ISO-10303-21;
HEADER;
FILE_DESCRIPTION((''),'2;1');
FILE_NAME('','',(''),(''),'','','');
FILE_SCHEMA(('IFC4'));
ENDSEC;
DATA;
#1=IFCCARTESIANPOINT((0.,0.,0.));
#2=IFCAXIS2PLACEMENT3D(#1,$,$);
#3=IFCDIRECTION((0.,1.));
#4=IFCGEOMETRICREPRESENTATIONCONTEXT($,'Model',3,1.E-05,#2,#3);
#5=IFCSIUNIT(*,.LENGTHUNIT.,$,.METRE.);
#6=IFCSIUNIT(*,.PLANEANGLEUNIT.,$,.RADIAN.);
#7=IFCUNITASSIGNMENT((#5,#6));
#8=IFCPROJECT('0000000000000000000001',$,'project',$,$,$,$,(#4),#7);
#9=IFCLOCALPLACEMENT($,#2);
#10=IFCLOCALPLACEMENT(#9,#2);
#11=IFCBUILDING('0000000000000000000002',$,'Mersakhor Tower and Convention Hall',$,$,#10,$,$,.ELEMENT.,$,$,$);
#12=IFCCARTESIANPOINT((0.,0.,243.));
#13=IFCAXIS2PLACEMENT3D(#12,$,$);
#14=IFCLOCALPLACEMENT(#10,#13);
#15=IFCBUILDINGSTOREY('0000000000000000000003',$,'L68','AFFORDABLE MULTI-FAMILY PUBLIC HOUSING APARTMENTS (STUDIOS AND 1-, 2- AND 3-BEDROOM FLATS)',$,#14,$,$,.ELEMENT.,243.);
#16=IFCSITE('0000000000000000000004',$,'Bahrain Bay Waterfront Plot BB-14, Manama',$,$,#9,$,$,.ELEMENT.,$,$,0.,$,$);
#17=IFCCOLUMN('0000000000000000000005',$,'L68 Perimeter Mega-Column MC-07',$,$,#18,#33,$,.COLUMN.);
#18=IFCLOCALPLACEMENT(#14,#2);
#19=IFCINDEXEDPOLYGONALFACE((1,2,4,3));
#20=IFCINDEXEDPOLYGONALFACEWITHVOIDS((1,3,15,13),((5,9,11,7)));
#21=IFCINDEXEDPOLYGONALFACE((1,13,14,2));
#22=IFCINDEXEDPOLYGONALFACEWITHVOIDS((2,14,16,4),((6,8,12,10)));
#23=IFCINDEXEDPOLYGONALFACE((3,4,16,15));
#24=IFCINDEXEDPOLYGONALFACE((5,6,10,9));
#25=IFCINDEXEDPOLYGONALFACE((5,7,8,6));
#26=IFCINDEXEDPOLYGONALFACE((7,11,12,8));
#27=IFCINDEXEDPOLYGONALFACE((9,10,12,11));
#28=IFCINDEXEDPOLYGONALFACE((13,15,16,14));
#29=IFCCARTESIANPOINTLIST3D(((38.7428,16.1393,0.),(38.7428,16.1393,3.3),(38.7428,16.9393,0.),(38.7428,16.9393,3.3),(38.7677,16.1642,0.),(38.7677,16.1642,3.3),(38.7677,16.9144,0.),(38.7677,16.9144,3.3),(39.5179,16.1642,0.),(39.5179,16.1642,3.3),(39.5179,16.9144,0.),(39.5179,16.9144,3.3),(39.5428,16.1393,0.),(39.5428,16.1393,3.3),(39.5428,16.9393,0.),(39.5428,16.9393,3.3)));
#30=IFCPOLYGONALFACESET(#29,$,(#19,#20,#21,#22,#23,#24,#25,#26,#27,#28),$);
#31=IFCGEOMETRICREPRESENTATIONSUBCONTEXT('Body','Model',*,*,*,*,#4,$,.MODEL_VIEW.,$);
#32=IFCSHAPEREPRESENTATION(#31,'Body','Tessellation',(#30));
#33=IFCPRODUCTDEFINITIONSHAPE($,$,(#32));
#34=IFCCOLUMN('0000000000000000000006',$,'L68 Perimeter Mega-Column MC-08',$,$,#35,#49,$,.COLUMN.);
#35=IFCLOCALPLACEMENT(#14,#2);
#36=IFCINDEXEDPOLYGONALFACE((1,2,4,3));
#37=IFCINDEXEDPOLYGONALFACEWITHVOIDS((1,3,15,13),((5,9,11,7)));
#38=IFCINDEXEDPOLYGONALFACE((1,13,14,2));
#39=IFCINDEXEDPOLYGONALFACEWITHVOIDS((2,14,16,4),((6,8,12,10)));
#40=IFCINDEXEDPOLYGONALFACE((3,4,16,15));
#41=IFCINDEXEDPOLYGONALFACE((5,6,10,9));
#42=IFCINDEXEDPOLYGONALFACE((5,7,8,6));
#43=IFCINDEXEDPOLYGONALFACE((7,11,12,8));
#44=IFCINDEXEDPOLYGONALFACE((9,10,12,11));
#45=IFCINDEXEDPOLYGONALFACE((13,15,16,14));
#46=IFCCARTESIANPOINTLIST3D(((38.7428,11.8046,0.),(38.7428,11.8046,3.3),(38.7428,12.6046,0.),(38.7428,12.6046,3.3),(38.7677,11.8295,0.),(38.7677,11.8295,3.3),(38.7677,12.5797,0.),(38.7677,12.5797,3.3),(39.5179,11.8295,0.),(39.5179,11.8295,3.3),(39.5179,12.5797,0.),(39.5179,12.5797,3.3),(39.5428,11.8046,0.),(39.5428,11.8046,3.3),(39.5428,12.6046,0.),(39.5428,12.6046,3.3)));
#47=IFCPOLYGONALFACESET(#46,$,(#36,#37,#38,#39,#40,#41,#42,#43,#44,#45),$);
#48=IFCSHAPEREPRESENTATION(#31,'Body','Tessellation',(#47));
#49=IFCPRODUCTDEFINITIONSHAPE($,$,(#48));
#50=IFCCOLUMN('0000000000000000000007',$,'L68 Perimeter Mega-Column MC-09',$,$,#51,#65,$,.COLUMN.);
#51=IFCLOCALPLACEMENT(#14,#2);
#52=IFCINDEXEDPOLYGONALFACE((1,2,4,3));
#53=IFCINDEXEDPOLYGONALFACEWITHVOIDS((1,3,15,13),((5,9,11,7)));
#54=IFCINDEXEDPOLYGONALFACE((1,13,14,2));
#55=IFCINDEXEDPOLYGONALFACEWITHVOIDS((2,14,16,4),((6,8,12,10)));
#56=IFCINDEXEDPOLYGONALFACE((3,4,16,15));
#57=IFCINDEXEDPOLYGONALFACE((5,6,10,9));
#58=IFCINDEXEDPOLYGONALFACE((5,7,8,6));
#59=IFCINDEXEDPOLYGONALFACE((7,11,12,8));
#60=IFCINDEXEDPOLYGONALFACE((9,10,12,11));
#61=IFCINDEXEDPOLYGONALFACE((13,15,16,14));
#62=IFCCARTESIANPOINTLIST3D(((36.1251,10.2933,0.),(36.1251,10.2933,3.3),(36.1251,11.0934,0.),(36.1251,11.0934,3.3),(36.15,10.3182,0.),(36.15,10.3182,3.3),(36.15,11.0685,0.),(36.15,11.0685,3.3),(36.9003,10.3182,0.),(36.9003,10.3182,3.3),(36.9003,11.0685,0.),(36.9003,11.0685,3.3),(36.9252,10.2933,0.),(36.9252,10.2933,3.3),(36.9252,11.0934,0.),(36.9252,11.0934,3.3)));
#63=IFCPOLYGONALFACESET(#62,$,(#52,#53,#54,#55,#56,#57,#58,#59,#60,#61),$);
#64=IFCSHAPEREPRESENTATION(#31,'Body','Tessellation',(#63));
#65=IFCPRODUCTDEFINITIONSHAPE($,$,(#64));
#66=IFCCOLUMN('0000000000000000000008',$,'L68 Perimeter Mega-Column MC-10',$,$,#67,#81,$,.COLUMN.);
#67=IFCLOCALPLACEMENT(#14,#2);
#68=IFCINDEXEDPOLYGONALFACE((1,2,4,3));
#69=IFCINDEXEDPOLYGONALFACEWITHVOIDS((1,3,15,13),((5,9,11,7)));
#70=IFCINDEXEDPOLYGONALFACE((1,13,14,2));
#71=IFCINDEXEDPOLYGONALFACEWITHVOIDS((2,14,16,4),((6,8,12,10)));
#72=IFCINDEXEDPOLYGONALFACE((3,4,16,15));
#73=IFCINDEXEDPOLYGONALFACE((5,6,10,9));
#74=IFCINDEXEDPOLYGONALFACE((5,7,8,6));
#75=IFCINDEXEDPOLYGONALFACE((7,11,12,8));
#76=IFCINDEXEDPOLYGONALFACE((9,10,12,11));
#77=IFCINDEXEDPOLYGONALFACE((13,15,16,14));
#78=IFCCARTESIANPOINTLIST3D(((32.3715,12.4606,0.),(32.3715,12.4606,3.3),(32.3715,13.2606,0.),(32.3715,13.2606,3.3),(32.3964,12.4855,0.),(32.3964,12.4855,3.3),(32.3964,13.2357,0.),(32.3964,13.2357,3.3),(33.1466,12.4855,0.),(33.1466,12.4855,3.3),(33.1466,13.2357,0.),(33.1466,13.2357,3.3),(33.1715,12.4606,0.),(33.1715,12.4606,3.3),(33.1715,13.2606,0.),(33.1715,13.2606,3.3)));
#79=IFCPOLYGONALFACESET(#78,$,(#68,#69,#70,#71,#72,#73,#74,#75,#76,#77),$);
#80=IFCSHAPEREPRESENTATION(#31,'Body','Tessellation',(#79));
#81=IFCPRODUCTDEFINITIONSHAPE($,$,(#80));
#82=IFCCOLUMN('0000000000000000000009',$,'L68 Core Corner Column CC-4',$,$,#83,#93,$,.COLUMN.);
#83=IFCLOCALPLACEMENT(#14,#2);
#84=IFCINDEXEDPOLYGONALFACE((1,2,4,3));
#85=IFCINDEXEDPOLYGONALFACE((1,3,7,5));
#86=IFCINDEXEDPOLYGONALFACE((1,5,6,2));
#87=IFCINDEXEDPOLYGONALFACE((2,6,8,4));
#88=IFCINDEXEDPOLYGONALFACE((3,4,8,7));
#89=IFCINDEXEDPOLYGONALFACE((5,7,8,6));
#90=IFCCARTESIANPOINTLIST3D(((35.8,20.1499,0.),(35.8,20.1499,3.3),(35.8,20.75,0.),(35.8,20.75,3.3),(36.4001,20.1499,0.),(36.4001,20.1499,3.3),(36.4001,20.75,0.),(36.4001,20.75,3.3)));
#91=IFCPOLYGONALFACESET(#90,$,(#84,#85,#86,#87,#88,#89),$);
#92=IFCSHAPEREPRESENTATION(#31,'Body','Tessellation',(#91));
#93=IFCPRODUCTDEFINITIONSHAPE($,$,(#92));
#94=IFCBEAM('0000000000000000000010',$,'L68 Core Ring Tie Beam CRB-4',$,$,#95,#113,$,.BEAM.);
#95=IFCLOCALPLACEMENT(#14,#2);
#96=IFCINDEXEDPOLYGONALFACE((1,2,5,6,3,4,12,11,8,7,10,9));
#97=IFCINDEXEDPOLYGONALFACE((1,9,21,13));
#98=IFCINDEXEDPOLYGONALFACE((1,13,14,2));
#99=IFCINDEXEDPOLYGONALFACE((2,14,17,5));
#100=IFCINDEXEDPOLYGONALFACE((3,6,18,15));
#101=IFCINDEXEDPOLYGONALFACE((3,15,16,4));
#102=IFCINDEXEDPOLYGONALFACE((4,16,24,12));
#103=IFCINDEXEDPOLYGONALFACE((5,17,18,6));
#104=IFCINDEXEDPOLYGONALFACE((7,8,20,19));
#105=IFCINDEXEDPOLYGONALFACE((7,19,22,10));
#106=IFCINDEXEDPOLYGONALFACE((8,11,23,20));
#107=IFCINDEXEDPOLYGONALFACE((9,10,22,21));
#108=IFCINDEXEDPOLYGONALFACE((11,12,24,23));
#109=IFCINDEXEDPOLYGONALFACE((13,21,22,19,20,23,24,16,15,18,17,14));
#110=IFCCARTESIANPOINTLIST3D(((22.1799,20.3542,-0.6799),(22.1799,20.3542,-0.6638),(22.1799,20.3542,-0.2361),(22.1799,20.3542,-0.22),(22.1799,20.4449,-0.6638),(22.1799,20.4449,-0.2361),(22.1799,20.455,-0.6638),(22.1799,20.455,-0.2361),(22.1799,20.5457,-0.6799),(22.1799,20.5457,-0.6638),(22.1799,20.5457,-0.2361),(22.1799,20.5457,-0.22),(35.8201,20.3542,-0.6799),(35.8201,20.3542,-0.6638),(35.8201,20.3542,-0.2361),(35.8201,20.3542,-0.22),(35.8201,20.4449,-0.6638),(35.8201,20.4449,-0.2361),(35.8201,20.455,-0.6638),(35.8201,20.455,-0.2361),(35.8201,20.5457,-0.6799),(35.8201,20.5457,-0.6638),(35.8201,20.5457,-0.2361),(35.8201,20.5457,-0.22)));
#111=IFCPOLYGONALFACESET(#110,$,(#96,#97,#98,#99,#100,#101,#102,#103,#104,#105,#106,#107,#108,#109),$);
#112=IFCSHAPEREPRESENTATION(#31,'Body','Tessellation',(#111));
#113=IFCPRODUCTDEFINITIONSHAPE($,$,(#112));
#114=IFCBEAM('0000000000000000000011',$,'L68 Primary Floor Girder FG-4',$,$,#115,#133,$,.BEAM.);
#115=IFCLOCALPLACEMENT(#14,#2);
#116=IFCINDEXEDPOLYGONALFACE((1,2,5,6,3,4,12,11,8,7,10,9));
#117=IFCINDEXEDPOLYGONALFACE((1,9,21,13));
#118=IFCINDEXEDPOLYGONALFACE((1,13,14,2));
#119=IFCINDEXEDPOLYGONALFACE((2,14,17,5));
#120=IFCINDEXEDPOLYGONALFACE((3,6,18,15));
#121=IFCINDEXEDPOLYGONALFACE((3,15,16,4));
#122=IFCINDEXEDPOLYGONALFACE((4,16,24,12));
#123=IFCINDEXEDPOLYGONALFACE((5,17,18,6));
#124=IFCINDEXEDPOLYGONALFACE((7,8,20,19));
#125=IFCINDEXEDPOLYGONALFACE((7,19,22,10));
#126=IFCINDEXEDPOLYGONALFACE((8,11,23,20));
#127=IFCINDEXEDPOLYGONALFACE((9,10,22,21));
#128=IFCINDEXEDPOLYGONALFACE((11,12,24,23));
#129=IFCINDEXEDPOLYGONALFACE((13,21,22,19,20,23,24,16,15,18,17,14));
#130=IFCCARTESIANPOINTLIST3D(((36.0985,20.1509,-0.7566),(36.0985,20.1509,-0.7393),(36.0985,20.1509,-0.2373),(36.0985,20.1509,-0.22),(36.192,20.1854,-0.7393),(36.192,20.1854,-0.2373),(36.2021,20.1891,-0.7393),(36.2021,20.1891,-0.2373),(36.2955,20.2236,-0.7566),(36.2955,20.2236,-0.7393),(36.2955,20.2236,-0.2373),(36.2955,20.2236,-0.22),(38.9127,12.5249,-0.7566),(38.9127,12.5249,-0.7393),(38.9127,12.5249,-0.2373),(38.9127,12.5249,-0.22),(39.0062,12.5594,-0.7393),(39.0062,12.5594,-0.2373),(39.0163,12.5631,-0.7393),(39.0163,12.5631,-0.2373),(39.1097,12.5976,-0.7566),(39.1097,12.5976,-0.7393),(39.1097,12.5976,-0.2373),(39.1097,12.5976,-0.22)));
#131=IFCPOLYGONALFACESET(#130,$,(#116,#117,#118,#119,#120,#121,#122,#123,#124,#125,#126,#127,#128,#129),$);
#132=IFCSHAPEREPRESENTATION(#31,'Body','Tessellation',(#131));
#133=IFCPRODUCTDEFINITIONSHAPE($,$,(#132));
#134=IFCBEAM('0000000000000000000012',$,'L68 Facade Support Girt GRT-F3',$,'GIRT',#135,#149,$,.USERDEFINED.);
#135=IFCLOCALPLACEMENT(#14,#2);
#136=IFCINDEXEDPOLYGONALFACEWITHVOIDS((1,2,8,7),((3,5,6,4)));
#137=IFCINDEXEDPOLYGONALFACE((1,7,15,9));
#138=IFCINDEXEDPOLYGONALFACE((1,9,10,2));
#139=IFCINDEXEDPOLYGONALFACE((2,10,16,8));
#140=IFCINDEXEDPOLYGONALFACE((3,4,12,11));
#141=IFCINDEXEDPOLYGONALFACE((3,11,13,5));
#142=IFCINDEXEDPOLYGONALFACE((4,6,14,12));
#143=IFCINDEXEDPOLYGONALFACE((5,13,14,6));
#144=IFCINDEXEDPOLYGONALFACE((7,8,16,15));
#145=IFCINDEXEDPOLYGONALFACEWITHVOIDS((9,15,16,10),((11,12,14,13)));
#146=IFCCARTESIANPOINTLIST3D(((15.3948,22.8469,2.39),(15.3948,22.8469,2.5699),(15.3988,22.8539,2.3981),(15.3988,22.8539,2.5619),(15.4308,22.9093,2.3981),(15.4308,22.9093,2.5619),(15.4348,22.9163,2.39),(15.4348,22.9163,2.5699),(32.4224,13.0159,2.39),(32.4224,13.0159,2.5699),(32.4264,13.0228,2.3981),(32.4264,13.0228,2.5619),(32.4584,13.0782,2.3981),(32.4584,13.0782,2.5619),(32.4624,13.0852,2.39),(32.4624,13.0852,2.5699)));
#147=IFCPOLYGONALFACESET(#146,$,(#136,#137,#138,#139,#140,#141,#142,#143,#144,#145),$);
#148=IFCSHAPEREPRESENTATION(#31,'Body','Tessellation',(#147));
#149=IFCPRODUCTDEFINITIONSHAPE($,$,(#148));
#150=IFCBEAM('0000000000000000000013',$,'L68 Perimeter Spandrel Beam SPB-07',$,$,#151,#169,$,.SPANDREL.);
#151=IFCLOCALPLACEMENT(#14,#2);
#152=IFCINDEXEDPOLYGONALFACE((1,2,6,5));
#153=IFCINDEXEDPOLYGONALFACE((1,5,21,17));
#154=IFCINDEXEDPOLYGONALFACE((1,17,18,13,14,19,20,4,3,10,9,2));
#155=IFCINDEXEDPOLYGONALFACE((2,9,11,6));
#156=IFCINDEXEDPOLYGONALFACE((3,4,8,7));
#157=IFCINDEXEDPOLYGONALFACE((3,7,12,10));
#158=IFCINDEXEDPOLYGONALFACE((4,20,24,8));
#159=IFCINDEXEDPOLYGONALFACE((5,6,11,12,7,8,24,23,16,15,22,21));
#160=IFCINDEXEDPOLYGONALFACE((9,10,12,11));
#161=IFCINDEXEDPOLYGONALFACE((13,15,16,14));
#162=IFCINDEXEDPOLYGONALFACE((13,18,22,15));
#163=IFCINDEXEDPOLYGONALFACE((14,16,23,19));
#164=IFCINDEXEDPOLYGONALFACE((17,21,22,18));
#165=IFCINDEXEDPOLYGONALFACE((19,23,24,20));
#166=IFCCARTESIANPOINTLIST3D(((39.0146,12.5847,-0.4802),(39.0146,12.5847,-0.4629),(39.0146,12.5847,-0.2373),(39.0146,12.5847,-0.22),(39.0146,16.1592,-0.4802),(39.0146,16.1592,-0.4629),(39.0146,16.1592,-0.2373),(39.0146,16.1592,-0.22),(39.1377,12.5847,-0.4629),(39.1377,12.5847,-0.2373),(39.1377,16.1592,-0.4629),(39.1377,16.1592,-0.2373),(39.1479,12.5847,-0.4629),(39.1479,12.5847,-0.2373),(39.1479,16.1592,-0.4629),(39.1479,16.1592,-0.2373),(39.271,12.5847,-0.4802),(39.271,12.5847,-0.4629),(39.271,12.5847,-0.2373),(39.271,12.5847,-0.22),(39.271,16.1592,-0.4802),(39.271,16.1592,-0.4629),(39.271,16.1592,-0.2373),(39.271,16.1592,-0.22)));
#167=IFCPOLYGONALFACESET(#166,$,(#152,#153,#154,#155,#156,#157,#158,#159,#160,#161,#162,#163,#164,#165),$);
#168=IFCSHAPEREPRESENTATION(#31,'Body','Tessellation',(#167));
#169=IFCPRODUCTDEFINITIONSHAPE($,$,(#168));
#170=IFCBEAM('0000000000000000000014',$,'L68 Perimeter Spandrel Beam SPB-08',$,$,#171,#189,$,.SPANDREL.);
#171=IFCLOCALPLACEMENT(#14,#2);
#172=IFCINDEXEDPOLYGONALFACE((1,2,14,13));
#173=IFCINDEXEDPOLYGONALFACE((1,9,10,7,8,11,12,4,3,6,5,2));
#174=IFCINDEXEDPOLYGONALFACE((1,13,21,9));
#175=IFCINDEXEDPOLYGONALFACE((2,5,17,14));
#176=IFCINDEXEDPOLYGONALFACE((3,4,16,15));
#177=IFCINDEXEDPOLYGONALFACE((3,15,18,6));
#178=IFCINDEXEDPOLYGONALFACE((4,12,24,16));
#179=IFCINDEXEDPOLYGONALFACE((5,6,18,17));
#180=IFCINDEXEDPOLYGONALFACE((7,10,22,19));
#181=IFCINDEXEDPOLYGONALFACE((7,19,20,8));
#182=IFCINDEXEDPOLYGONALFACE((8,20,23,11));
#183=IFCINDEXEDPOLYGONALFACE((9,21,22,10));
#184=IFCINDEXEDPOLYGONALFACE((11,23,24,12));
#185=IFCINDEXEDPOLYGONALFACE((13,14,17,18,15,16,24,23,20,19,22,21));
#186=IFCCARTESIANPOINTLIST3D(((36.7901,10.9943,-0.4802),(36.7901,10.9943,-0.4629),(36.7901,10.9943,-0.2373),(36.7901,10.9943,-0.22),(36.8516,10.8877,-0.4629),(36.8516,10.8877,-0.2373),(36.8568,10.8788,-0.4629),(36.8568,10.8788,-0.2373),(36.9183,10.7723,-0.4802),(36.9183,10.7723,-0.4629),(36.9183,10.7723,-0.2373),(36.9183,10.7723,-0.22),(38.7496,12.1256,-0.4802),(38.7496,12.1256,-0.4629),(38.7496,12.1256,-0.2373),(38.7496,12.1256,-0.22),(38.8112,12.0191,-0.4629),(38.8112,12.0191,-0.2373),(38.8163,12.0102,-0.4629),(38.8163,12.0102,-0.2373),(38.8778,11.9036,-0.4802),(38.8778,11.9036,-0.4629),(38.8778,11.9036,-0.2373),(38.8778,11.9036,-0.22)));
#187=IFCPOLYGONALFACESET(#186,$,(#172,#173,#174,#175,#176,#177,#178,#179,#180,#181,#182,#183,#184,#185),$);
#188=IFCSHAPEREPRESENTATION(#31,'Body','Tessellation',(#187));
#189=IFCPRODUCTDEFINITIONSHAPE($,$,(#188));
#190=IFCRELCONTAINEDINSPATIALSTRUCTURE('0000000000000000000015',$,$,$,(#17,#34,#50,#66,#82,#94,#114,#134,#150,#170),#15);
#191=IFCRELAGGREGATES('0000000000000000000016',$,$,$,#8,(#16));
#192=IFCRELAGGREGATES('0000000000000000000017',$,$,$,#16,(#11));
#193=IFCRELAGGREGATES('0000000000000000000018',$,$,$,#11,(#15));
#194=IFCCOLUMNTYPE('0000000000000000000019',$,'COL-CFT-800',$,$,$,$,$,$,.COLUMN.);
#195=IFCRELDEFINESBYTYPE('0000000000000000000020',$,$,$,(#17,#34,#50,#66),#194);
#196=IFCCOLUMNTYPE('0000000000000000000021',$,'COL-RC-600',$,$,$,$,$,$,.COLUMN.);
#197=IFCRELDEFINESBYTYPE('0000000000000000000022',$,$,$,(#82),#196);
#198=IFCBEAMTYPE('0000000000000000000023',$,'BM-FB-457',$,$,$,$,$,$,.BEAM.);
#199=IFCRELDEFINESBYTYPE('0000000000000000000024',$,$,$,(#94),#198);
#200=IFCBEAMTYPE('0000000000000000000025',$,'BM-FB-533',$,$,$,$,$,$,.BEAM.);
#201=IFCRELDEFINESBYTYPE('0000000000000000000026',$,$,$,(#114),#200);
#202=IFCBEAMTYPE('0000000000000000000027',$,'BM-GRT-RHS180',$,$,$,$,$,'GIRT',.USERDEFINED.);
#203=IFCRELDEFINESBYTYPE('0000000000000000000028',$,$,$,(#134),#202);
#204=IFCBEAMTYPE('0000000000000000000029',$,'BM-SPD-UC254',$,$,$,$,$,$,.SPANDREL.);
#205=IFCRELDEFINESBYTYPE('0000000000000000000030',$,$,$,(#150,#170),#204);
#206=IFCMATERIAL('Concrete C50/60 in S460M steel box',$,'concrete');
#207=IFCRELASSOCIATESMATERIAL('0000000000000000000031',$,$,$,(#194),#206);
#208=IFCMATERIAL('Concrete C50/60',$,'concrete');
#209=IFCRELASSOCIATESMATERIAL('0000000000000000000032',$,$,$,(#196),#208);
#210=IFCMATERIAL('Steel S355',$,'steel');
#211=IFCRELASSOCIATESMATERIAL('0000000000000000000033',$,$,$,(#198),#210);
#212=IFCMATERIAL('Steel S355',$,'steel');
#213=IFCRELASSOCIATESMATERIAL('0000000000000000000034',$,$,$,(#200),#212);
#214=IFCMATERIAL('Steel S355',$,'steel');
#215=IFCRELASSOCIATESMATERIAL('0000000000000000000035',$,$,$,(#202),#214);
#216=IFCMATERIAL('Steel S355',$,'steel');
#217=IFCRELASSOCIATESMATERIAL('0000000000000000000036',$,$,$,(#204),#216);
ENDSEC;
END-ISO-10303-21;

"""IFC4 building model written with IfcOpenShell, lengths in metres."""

from ifc_helpers import new_model, si_unit, direction, frame, origin, origin_2d, place, context, subcontext, project, spatial, rectangle, hollow_rectangle, i_section, extrude, material, material_profile, profile_set, type_object, element, save


model = new_model("IFC4")

# Units and contexts
model_context = context("Model", 3, precision=1e-05, world=origin(), true_north=direction((0.0, 1.0)))
body_context = subcontext(model_context, "Body", "Model", "MODEL_VIEW")
ifc_project = project(units=[si_unit("LENGTHUNIT", "METRE"), si_unit("PLANEANGLEUNIT", "RADIAN")], contexts=[model_context])

# Site, building, storey
site_placement = place(None, origin())
site = spatial("IfcSite", under=ifc_project, at=site_placement, Name="Bahrain Bay Waterfront Plot BB-14, Manama", CompositionType="ELEMENT", RefElevation=0.0)
building_placement = place(site_placement, origin())
building = spatial("IfcBuilding", under=site, at=building_placement, Name="Mersakhor Tower and Convention Hall", CompositionType="ELEMENT")
storey_placement = place(building_placement, frame((0.0, 0.0, 243.0)))
storey = spatial("IfcBuildingStorey", under=building, at=storey_placement, Name="L68", Description="AFFORDABLE MULTI-FAMILY PUBLIC HOUSING APARTMENTS (STUDIOS AND 1-, 2- AND 3-BEDROOM FLATS)", CompositionType="ELEMENT", Elevation=243.0)

# Columns
ifc_material_1 = material(Name="Concrete C50/60 in S460M steel box", Category="concrete")
ifc_material_profile_1 = material_profile(ifc_material_1, hollow_rectangle(XDim=0.8, YDim=0.8, WallThickness=0.0249, at=origin_2d()), Name="SHS 800x800x25")
ifc_profile_set_1 = profile_set([ifc_material_profile_1], Name="Concrete C50/60 in S460M steel box")
column_type_1 = type_object("IfcColumnType", Name="COL-CFT-800", PredefinedType="COLUMN", material=ifc_profile_set_1)
for number, where, z_axis, x_axis, name in (
    (1, (39.1428, 16.5393, 0.0), (0.0, 0.0, 1.0), (1.0, 0.0, 0.0), "L68 Perimeter Mega-Column MC-07"),
    (2, (39.1428, 12.2046, 0.0), (0.0, 0.0, 1.0), (1.0, 0.0, 0.0), "L68 Perimeter Mega-Column MC-08"),
    (3, (36.5251, 10.6934, 0.0), (0.0, 0.0, 1.0), (1.0, 0.0, 0.0), "L68 Perimeter Mega-Column MC-09"),
    (4, (32.7715, 12.8606, 0.0), (0.0, 0.0, 1.0), (1.0, 0.0, 0.0), "L68 Perimeter Mega-Column MC-10"),
):
    element("IfcColumn", number, at=place(storey_placement, frame(where, z_axis=z_axis, x_axis=x_axis)), inside=storey, type_object=column_type_1, Name=name, PredefinedType="COLUMN", context=body_context, shape_type="SweptSolid", body=[
        extrude(hollow_rectangle(XDim=0.8, YDim=0.8, WallThickness=0.0249, at=origin_2d()), origin(), (0.0, 0.0, 1.0), 3.3),
    ])
ifc_material_2 = material(Name="Concrete C50/60", Category="concrete")
ifc_material_profile_2 = material_profile(ifc_material_2, rectangle(XDim=0.6001, YDim=0.6001, at=origin_2d()), Name="RC 600x600")
ifc_profile_set_2 = profile_set([ifc_material_profile_2], Name="Concrete C50/60")
column_type_2 = type_object("IfcColumnType", Name="COL-RC-600", PredefinedType="COLUMN", material=ifc_profile_set_2)
column_placement = place(storey_placement, frame((36.1001, 20.45, 0.0), z_axis=(0.0, 0.0, 1.0), x_axis=(1.0, 0.0, 0.0)))
element("IfcColumn", 5, at=column_placement, inside=storey, type_object=column_type_2, Name="L68 Core Corner Column CC-4", PredefinedType="COLUMN", context=body_context, shape_type="SweptSolid", body=[
    extrude(rectangle(XDim=0.6001, YDim=0.6001, at=origin_2d()), origin(), (0.0, 0.0, 1.0), 3.3),
])

# Beams
ifc_material_3 = material(Name="Steel S355", Category="steel")
ifc_material_profile_3 = material_profile(ifc_material_3, i_section(OverallWidth=0.1914, OverallDepth=0.46, WebThickness=0.01, FlangeThickness=0.0161, at=origin_2d()), Name="UB 457x191x82")
ifc_profile_set_3 = profile_set([ifc_material_profile_3], Name="Steel S355")
beam_type_1 = type_object("IfcBeamType", Name="BM-FB-457", PredefinedType="BEAM", material=ifc_profile_set_3)
beam_1_placement = place(storey_placement, frame((35.8201, 20.45, -0.45), z_axis=(-1.0, 0.0, 0.0), x_axis=(0.0, -1.0, 0.0)))
element("IfcBeam", 6, at=beam_1_placement, inside=storey, type_object=beam_type_1, Name="L68 Core Ring Tie Beam CRB-4", PredefinedType="BEAM", context=body_context, shape_type="SweptSolid", body=[
    extrude(i_section(OverallWidth=0.1914, OverallDepth=0.46, WebThickness=0.01, FlangeThickness=0.0161, at=origin_2d()), origin(), (0.0, 0.0, 1.0), 13.6401),
])
ifc_material_4 = material(Name="Steel S355", Category="steel")
ifc_material_profile_4 = material_profile(ifc_material_4, i_section(OverallWidth=0.21, OverallDepth=0.5366, WebThickness=0.0107, FlangeThickness=0.0173, at=origin_2d()), Name="UB 533x210x101")
ifc_profile_set_4 = profile_set([ifc_material_profile_4], Name="Steel S355")
beam_type_2 = type_object("IfcBeamType", Name="BM-FB-533", PredefinedType="BEAM", material=ifc_profile_set_4)
beam_2_placement = place(storey_placement, frame((36.197, 20.1873, -0.4883), z_axis=(0.346208, -0.938158, 0.0), x_axis=(0.938158, 0.346208, 0.0)))
element("IfcBeam", 7, at=beam_2_placement, inside=storey, type_object=beam_type_2, Name="L68 Primary Floor Girder FG-4", PredefinedType="BEAM", context=body_context, shape_type="SweptSolid", body=[
    extrude(i_section(OverallWidth=0.21, OverallDepth=0.5366, WebThickness=0.0107, FlangeThickness=0.0173, at=origin_2d()), origin(), (0.0, 0.0, 1.0), 8.1287),
])
ifc_material_5 = material(Name="Steel S355", Category="steel")
ifc_material_profile_5 = material_profile(ifc_material_5, hollow_rectangle(XDim=0.0801, YDim=0.1799, WallThickness=0.0081, at=origin_2d()), Name="RHS 180x80x8")
ifc_profile_set_5 = profile_set([ifc_material_profile_5], Name="Steel S355")
beam_type_3 = type_object("IfcBeamType", Name="BM-GRT-RHS180", ElementType="GIRT", PredefinedType="USERDEFINED", material=ifc_profile_set_5)
beam_3_placement = place(storey_placement, frame((32.4424, 13.0505, 2.48), z_axis=(-0.866022, 0.500007, 0.0), x_axis=(-0.500007, -0.866022, 0.0)))
element("IfcBeam", 8, at=beam_3_placement, inside=storey, type_object=beam_type_3, Name="L68 Facade Support Girt GRT-F3", ObjectType="GIRT", PredefinedType="USERDEFINED", context=body_context, shape_type="SweptSolid", body=[
    extrude(hollow_rectangle(XDim=0.0801, YDim=0.1799, WallThickness=0.0081, at=origin_2d()), origin(), (0.0, 0.0, 1.0), 19.6619),
])
ifc_material_6 = material(Name="Steel S355", Category="steel")
ifc_material_profile_6 = material_profile(ifc_material_6, i_section(OverallWidth=0.2563, OverallDepth=0.2603, WebThickness=0.0103, FlangeThickness=0.0173, at=origin_2d()), Name="UC 254x254x89")
ifc_profile_set_6 = profile_set([ifc_material_profile_6], Name="Steel S355")
beam_type_4 = type_object("IfcBeamType", Name="BM-SPD-UC254", PredefinedType="SPANDREL", material=ifc_profile_set_6)
beam_4_placement = place(storey_placement, frame((39.1428, 16.1592, -0.3501), z_axis=(0.0, -1.0, 0.0), x_axis=(1.0, 0.0, 0.0)))
element("IfcBeam", 9, at=beam_4_placement, inside=storey, type_object=beam_type_4, Name="L68 Perimeter Spandrel Beam SPB-07", PredefinedType="SPANDREL", context=body_context, shape_type="SweptSolid", body=[
    extrude(i_section(OverallWidth=0.2563, OverallDepth=0.2603, WebThickness=0.0103, FlangeThickness=0.0173, at=origin_2d()), origin(), (0.0, 0.0, 1.0), 3.5745),
])
beam_5_placement = place(storey_placement, frame((38.8137, 12.0146, -0.3501), z_axis=(-0.866017, -0.500015, 0.0), x_axis=(0.500015, -0.866017, 0.0)))
element("IfcBeam", 10, at=beam_5_placement, inside=storey, type_object=beam_type_4, Name="L68 Perimeter Spandrel Beam SPB-08", PredefinedType="SPANDREL", context=body_context, shape_type="SweptSolid", body=[
    extrude(i_section(OverallWidth=0.2563, OverallDepth=0.2603, WebThickness=0.0103, FlangeThickness=0.0173, at=origin_2d()), origin(), (0.0, 0.0, 1.0), 2.2627),
])

save(model, "model.ifc")
